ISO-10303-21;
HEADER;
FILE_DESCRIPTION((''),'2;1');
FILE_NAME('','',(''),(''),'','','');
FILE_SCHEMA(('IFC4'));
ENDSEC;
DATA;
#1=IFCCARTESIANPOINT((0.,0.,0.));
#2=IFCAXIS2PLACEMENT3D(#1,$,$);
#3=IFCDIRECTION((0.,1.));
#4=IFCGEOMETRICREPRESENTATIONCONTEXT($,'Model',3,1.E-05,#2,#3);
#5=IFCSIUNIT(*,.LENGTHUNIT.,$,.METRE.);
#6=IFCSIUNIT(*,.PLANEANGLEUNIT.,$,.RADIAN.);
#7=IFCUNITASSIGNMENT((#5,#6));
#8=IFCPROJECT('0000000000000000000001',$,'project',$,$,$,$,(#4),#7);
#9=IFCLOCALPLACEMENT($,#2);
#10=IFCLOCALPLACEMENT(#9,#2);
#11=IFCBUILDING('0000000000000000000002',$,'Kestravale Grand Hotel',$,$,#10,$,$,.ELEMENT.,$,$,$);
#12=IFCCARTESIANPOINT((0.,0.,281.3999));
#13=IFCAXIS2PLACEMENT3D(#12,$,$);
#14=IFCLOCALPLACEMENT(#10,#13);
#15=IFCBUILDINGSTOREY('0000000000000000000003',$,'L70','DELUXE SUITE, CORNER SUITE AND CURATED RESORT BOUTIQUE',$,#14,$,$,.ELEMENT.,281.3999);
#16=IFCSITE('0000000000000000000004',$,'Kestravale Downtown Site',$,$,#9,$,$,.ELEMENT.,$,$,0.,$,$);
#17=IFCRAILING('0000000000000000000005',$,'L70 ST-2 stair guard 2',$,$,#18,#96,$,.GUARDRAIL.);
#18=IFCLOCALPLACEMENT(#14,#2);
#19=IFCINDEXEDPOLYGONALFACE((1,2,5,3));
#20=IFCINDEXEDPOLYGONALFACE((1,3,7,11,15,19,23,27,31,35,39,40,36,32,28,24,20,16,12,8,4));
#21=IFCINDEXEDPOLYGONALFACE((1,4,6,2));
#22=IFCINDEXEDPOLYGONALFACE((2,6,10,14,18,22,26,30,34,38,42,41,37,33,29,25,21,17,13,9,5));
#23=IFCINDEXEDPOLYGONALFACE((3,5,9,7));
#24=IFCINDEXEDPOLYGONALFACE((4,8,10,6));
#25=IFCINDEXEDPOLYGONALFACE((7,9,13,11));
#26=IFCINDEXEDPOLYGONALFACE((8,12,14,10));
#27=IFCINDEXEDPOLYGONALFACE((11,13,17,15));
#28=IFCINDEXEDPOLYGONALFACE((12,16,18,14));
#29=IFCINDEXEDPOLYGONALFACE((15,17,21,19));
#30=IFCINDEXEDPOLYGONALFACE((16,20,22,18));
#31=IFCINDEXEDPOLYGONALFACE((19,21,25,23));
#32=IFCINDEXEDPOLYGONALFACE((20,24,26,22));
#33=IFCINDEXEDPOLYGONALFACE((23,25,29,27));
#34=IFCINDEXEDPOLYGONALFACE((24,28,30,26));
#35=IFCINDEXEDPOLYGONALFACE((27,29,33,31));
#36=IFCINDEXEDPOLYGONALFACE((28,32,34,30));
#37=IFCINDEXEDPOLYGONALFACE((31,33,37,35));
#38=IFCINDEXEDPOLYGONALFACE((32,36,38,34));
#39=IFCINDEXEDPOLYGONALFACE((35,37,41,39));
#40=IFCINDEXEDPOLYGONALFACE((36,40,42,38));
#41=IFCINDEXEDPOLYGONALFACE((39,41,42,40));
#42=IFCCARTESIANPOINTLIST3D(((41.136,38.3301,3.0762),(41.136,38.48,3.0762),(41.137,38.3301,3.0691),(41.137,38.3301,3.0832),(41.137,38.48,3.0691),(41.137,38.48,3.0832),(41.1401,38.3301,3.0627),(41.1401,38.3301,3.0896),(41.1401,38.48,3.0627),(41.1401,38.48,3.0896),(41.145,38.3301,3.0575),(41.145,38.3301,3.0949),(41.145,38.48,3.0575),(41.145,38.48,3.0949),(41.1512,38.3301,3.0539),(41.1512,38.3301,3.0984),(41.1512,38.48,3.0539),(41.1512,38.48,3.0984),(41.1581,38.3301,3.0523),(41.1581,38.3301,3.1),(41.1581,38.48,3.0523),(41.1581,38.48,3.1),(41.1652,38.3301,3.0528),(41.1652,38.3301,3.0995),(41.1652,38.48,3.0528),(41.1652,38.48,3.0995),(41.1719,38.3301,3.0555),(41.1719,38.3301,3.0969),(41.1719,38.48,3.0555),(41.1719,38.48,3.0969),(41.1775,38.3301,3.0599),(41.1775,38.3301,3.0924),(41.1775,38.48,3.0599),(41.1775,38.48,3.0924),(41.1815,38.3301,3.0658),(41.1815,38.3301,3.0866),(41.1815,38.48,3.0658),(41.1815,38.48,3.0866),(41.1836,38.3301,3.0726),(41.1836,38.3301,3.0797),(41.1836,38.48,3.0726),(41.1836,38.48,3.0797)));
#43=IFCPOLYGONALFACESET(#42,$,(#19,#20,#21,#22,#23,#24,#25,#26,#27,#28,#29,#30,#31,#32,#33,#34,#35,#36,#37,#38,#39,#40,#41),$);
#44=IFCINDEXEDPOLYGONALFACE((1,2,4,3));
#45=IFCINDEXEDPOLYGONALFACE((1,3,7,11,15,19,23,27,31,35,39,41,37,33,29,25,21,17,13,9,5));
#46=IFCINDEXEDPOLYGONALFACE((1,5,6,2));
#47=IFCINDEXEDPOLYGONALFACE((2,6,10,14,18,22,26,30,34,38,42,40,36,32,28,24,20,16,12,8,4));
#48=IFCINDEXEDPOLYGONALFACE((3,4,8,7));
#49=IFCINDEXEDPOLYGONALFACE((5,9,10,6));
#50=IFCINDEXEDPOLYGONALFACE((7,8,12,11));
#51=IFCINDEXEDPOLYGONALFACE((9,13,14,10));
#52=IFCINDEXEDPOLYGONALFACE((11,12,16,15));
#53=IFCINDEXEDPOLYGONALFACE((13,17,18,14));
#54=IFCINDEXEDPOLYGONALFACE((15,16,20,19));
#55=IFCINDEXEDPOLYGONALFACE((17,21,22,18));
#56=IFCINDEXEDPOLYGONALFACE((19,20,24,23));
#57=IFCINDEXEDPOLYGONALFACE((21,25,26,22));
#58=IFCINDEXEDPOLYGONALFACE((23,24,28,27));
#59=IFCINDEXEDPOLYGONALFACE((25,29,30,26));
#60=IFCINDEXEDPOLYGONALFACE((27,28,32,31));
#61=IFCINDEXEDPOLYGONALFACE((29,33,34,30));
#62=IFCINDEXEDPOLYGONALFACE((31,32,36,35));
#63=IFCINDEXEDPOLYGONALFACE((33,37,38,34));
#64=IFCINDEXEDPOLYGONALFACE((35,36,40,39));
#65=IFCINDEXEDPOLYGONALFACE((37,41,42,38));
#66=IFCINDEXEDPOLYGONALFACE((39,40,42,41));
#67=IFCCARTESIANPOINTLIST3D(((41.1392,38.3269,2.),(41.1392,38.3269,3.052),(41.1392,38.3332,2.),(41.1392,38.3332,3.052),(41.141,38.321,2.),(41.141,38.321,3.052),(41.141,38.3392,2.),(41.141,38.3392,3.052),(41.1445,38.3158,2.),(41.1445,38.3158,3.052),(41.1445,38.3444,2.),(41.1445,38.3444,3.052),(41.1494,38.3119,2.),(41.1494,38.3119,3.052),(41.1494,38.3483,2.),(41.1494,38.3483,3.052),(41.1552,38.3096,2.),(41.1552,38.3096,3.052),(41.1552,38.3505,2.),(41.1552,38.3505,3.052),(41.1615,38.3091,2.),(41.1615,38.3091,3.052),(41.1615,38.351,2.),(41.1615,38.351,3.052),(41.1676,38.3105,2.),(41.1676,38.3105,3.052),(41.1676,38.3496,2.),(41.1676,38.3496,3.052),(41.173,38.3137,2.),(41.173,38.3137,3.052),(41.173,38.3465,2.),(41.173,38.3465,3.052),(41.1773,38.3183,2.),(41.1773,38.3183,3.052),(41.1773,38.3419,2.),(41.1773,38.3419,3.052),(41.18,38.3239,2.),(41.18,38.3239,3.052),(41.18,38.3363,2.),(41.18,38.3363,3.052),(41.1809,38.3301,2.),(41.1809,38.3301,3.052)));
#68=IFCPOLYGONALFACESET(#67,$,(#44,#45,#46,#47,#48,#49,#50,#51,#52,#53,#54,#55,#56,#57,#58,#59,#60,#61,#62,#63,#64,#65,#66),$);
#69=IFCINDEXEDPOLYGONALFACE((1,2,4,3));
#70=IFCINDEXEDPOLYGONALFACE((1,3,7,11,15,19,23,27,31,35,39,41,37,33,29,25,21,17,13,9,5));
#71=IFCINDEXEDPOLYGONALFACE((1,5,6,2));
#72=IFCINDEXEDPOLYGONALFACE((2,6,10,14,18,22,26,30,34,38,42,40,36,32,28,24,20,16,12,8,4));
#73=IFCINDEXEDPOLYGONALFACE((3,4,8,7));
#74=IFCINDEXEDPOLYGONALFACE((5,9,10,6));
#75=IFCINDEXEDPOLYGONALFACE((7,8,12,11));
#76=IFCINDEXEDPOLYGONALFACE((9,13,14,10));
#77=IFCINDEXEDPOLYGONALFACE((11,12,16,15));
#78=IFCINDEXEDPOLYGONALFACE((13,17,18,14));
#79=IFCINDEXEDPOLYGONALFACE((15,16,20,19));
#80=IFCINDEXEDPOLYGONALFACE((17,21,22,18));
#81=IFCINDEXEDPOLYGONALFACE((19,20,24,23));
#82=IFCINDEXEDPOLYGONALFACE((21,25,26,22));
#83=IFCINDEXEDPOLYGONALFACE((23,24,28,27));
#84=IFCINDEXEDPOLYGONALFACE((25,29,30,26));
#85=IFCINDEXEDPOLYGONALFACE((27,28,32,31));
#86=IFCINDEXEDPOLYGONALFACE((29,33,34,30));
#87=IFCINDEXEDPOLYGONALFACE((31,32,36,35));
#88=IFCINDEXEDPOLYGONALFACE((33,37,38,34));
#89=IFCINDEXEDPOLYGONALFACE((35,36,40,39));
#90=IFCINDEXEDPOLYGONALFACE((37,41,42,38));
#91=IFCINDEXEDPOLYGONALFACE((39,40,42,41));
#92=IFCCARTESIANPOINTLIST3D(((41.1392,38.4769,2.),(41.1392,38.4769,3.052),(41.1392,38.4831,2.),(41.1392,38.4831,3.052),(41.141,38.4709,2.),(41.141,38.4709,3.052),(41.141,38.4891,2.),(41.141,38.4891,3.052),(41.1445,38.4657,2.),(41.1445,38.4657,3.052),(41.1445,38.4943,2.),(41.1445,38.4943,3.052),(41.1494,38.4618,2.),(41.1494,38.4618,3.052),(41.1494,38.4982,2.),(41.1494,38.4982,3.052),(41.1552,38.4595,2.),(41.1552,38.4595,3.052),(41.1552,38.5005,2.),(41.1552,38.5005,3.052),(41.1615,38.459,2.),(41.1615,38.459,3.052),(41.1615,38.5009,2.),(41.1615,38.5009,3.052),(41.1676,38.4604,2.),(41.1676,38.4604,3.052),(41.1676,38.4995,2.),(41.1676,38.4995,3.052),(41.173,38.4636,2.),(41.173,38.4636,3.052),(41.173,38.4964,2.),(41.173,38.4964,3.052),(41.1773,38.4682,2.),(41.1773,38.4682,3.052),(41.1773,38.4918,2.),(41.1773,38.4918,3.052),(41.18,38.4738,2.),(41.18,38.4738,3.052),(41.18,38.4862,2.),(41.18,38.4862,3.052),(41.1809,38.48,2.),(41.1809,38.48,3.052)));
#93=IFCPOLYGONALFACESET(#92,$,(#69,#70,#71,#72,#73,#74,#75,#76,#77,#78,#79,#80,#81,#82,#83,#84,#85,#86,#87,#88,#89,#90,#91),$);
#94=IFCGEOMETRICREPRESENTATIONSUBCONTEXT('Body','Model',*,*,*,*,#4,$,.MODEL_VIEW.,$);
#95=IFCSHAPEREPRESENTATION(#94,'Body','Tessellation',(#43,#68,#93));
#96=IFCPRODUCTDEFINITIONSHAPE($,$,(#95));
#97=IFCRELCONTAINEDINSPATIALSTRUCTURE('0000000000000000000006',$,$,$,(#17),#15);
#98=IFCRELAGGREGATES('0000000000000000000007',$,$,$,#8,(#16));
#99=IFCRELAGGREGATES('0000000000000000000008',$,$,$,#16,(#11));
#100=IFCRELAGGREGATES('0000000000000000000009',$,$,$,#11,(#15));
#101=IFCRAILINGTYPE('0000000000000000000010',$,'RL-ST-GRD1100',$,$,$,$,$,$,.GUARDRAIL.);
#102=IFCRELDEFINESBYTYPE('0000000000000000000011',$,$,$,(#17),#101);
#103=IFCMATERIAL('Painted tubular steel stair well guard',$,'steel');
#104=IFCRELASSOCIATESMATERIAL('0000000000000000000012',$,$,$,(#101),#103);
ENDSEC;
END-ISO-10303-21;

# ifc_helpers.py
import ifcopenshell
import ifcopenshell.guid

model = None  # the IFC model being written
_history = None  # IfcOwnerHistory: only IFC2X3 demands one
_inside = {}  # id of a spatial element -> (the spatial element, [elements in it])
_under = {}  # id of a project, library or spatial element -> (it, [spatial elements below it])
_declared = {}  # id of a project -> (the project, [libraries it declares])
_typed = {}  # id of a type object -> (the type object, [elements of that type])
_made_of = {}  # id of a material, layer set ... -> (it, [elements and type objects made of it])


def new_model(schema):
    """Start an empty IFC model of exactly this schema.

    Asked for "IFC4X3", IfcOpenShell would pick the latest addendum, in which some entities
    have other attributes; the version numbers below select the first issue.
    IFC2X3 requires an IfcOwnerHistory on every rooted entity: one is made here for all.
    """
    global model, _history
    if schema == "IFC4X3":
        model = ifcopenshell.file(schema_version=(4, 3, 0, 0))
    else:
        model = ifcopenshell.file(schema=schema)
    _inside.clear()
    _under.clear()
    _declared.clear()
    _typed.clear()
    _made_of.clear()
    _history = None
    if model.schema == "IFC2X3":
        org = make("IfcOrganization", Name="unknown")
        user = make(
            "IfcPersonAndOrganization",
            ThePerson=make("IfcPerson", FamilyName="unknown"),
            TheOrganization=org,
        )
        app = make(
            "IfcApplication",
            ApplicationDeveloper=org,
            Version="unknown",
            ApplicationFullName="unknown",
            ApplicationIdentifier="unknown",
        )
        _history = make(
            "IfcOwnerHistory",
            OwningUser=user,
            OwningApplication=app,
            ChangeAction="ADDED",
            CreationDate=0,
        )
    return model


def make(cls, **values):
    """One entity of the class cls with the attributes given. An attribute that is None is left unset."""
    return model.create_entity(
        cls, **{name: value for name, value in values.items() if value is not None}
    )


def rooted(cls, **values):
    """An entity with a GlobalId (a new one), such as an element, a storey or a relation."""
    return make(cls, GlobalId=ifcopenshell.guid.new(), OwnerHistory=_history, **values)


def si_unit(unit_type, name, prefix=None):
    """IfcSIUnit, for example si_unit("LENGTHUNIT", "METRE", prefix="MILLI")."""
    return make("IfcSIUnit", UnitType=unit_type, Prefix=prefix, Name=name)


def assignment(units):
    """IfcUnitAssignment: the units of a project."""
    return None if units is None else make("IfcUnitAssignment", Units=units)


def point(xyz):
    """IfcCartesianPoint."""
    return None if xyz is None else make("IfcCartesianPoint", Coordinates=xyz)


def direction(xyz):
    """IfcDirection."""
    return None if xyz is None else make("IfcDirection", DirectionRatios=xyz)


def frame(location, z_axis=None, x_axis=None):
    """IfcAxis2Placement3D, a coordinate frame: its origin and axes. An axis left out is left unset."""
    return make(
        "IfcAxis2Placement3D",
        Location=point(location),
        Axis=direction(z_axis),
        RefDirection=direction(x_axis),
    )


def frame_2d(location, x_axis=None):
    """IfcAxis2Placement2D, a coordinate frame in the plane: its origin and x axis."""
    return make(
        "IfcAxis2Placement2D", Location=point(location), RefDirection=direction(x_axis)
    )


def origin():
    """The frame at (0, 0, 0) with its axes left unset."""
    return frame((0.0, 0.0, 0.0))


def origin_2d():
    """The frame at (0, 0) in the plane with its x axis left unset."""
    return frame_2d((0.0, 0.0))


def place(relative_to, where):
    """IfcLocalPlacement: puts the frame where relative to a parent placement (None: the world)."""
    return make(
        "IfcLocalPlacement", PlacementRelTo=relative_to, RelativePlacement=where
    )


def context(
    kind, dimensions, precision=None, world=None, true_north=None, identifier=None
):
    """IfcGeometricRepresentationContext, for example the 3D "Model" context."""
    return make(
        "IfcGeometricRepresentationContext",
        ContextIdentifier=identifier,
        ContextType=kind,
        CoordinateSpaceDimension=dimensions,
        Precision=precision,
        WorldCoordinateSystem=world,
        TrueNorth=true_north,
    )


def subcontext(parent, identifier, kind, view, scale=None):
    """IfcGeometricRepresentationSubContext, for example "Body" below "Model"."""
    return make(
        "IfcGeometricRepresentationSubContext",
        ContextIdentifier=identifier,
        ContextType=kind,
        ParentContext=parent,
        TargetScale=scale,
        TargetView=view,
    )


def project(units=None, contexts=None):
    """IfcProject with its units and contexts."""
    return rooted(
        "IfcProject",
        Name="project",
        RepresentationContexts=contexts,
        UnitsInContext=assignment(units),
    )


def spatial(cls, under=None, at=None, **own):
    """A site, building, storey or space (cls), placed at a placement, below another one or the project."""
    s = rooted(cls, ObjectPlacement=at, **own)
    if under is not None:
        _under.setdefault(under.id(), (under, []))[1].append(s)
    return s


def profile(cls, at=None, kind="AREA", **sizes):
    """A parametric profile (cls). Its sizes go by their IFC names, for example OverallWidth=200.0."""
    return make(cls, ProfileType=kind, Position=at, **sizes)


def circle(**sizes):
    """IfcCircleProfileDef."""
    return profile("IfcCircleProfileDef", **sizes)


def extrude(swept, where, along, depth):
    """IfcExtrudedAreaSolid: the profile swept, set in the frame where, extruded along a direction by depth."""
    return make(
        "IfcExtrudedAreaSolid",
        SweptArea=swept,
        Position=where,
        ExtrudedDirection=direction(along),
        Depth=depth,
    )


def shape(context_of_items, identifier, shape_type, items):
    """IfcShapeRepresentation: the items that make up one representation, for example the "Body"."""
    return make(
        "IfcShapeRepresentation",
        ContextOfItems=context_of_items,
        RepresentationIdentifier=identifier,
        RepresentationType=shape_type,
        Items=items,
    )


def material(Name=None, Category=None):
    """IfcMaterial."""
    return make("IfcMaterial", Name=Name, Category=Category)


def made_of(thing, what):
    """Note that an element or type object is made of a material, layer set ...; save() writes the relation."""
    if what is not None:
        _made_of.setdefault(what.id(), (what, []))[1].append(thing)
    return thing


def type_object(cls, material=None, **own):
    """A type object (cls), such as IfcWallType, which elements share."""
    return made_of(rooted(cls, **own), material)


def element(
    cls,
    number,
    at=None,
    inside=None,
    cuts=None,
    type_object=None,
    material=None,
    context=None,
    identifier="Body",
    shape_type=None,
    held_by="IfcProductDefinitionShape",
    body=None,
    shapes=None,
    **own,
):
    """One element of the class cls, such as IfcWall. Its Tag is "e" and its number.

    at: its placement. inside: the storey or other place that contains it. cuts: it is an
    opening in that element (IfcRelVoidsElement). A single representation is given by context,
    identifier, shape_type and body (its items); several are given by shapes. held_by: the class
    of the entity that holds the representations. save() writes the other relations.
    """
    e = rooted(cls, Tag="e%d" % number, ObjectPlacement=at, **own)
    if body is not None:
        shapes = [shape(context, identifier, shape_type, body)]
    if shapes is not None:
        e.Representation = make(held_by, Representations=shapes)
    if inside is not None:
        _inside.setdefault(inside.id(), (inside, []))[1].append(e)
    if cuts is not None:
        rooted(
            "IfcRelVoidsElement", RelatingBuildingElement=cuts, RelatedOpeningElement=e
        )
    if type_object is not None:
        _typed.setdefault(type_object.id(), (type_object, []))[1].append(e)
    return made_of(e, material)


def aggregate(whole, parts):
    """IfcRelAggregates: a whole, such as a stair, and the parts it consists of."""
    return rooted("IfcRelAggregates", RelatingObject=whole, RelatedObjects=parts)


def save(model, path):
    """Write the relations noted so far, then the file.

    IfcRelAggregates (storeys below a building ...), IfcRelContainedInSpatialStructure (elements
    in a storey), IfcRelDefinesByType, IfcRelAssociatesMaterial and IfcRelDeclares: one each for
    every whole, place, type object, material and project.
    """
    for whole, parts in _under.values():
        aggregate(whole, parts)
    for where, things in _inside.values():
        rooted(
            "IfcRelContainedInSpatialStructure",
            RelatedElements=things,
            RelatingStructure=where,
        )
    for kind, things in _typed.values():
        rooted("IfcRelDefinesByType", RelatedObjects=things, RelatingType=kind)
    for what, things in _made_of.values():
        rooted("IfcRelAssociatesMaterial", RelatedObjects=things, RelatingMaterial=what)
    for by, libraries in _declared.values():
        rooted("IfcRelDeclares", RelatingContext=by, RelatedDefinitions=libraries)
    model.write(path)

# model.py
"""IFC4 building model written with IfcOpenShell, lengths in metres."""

from ifc_helpers import new_model, si_unit, direction, frame, origin, origin_2d, place, context, subcontext, project, spatial, circle, extrude, material, type_object, element, save


model = new_model("IFC4")

# Units and contexts
model_context = context("Model", 3, precision=1e-05, world=origin(), true_north=direction((0.0, 1.0)))
body_context = subcontext(model_context, "Body", "Model", "MODEL_VIEW")
ifc_project = project(units=[si_unit("LENGTHUNIT", "METRE"), si_unit("PLANEANGLEUNIT", "RADIAN")], contexts=[model_context])

# Site, building, storey
site_placement = place(None, origin())
site = spatial("IfcSite", under=ifc_project, at=site_placement, Name="Kestravale Downtown Site", CompositionType="ELEMENT", RefElevation=0.0)
building_placement = place(site_placement, origin())
building = spatial("IfcBuilding", under=site, at=building_placement, Name="Kestravale Grand Hotel", CompositionType="ELEMENT")
storey_placement = place(building_placement, frame((0.0, 0.0, 281.3999)))
storey = spatial("IfcBuildingStorey", under=building, at=storey_placement, Name="L70", Description="DELUXE SUITE, CORNER SUITE AND CURATED RESORT BOUTIQUE", CompositionType="ELEMENT", Elevation=281.3999)

# Railing
ifc_material_1 = material(Name="Painted tubular steel stair well guard", Category="steel")
railing_type_1 = type_object("IfcRailingType", Name="RL-ST-GRD1100", PredefinedType="GUARDRAIL", material=ifc_material_1)
railing_1_placement = place(storey_placement, frame((41.1599, 38.3301, 2.0)))
element("IfcRailing", 1, at=railing_1_placement, inside=storey, type_object=railing_type_1, Name="L70 ST-2 stair guard 2", PredefinedType="GUARDRAIL", context=body_context, shape_type="SweptSolid", body=[
    extrude(circle(Radius=0.0239, at=origin_2d()), frame((0.0, 0.0, 1.0762), z_axis=(0.0, 1.0, 0.0), x_axis=(-1.0, 0.0, 0.0)), (0.0, 0.0, 1.0), 0.1499),
    extrude(circle(Radius=0.021, at=origin_2d()), origin(), (0.0, 0.0, 1.0), 1.052),
    extrude(circle(Radius=0.021, at=origin_2d()), frame((0.0, 0.1499, 0.0)), (0.0, 0.0, 1.0), 1.052),
])

save(model, "model.ifc")
